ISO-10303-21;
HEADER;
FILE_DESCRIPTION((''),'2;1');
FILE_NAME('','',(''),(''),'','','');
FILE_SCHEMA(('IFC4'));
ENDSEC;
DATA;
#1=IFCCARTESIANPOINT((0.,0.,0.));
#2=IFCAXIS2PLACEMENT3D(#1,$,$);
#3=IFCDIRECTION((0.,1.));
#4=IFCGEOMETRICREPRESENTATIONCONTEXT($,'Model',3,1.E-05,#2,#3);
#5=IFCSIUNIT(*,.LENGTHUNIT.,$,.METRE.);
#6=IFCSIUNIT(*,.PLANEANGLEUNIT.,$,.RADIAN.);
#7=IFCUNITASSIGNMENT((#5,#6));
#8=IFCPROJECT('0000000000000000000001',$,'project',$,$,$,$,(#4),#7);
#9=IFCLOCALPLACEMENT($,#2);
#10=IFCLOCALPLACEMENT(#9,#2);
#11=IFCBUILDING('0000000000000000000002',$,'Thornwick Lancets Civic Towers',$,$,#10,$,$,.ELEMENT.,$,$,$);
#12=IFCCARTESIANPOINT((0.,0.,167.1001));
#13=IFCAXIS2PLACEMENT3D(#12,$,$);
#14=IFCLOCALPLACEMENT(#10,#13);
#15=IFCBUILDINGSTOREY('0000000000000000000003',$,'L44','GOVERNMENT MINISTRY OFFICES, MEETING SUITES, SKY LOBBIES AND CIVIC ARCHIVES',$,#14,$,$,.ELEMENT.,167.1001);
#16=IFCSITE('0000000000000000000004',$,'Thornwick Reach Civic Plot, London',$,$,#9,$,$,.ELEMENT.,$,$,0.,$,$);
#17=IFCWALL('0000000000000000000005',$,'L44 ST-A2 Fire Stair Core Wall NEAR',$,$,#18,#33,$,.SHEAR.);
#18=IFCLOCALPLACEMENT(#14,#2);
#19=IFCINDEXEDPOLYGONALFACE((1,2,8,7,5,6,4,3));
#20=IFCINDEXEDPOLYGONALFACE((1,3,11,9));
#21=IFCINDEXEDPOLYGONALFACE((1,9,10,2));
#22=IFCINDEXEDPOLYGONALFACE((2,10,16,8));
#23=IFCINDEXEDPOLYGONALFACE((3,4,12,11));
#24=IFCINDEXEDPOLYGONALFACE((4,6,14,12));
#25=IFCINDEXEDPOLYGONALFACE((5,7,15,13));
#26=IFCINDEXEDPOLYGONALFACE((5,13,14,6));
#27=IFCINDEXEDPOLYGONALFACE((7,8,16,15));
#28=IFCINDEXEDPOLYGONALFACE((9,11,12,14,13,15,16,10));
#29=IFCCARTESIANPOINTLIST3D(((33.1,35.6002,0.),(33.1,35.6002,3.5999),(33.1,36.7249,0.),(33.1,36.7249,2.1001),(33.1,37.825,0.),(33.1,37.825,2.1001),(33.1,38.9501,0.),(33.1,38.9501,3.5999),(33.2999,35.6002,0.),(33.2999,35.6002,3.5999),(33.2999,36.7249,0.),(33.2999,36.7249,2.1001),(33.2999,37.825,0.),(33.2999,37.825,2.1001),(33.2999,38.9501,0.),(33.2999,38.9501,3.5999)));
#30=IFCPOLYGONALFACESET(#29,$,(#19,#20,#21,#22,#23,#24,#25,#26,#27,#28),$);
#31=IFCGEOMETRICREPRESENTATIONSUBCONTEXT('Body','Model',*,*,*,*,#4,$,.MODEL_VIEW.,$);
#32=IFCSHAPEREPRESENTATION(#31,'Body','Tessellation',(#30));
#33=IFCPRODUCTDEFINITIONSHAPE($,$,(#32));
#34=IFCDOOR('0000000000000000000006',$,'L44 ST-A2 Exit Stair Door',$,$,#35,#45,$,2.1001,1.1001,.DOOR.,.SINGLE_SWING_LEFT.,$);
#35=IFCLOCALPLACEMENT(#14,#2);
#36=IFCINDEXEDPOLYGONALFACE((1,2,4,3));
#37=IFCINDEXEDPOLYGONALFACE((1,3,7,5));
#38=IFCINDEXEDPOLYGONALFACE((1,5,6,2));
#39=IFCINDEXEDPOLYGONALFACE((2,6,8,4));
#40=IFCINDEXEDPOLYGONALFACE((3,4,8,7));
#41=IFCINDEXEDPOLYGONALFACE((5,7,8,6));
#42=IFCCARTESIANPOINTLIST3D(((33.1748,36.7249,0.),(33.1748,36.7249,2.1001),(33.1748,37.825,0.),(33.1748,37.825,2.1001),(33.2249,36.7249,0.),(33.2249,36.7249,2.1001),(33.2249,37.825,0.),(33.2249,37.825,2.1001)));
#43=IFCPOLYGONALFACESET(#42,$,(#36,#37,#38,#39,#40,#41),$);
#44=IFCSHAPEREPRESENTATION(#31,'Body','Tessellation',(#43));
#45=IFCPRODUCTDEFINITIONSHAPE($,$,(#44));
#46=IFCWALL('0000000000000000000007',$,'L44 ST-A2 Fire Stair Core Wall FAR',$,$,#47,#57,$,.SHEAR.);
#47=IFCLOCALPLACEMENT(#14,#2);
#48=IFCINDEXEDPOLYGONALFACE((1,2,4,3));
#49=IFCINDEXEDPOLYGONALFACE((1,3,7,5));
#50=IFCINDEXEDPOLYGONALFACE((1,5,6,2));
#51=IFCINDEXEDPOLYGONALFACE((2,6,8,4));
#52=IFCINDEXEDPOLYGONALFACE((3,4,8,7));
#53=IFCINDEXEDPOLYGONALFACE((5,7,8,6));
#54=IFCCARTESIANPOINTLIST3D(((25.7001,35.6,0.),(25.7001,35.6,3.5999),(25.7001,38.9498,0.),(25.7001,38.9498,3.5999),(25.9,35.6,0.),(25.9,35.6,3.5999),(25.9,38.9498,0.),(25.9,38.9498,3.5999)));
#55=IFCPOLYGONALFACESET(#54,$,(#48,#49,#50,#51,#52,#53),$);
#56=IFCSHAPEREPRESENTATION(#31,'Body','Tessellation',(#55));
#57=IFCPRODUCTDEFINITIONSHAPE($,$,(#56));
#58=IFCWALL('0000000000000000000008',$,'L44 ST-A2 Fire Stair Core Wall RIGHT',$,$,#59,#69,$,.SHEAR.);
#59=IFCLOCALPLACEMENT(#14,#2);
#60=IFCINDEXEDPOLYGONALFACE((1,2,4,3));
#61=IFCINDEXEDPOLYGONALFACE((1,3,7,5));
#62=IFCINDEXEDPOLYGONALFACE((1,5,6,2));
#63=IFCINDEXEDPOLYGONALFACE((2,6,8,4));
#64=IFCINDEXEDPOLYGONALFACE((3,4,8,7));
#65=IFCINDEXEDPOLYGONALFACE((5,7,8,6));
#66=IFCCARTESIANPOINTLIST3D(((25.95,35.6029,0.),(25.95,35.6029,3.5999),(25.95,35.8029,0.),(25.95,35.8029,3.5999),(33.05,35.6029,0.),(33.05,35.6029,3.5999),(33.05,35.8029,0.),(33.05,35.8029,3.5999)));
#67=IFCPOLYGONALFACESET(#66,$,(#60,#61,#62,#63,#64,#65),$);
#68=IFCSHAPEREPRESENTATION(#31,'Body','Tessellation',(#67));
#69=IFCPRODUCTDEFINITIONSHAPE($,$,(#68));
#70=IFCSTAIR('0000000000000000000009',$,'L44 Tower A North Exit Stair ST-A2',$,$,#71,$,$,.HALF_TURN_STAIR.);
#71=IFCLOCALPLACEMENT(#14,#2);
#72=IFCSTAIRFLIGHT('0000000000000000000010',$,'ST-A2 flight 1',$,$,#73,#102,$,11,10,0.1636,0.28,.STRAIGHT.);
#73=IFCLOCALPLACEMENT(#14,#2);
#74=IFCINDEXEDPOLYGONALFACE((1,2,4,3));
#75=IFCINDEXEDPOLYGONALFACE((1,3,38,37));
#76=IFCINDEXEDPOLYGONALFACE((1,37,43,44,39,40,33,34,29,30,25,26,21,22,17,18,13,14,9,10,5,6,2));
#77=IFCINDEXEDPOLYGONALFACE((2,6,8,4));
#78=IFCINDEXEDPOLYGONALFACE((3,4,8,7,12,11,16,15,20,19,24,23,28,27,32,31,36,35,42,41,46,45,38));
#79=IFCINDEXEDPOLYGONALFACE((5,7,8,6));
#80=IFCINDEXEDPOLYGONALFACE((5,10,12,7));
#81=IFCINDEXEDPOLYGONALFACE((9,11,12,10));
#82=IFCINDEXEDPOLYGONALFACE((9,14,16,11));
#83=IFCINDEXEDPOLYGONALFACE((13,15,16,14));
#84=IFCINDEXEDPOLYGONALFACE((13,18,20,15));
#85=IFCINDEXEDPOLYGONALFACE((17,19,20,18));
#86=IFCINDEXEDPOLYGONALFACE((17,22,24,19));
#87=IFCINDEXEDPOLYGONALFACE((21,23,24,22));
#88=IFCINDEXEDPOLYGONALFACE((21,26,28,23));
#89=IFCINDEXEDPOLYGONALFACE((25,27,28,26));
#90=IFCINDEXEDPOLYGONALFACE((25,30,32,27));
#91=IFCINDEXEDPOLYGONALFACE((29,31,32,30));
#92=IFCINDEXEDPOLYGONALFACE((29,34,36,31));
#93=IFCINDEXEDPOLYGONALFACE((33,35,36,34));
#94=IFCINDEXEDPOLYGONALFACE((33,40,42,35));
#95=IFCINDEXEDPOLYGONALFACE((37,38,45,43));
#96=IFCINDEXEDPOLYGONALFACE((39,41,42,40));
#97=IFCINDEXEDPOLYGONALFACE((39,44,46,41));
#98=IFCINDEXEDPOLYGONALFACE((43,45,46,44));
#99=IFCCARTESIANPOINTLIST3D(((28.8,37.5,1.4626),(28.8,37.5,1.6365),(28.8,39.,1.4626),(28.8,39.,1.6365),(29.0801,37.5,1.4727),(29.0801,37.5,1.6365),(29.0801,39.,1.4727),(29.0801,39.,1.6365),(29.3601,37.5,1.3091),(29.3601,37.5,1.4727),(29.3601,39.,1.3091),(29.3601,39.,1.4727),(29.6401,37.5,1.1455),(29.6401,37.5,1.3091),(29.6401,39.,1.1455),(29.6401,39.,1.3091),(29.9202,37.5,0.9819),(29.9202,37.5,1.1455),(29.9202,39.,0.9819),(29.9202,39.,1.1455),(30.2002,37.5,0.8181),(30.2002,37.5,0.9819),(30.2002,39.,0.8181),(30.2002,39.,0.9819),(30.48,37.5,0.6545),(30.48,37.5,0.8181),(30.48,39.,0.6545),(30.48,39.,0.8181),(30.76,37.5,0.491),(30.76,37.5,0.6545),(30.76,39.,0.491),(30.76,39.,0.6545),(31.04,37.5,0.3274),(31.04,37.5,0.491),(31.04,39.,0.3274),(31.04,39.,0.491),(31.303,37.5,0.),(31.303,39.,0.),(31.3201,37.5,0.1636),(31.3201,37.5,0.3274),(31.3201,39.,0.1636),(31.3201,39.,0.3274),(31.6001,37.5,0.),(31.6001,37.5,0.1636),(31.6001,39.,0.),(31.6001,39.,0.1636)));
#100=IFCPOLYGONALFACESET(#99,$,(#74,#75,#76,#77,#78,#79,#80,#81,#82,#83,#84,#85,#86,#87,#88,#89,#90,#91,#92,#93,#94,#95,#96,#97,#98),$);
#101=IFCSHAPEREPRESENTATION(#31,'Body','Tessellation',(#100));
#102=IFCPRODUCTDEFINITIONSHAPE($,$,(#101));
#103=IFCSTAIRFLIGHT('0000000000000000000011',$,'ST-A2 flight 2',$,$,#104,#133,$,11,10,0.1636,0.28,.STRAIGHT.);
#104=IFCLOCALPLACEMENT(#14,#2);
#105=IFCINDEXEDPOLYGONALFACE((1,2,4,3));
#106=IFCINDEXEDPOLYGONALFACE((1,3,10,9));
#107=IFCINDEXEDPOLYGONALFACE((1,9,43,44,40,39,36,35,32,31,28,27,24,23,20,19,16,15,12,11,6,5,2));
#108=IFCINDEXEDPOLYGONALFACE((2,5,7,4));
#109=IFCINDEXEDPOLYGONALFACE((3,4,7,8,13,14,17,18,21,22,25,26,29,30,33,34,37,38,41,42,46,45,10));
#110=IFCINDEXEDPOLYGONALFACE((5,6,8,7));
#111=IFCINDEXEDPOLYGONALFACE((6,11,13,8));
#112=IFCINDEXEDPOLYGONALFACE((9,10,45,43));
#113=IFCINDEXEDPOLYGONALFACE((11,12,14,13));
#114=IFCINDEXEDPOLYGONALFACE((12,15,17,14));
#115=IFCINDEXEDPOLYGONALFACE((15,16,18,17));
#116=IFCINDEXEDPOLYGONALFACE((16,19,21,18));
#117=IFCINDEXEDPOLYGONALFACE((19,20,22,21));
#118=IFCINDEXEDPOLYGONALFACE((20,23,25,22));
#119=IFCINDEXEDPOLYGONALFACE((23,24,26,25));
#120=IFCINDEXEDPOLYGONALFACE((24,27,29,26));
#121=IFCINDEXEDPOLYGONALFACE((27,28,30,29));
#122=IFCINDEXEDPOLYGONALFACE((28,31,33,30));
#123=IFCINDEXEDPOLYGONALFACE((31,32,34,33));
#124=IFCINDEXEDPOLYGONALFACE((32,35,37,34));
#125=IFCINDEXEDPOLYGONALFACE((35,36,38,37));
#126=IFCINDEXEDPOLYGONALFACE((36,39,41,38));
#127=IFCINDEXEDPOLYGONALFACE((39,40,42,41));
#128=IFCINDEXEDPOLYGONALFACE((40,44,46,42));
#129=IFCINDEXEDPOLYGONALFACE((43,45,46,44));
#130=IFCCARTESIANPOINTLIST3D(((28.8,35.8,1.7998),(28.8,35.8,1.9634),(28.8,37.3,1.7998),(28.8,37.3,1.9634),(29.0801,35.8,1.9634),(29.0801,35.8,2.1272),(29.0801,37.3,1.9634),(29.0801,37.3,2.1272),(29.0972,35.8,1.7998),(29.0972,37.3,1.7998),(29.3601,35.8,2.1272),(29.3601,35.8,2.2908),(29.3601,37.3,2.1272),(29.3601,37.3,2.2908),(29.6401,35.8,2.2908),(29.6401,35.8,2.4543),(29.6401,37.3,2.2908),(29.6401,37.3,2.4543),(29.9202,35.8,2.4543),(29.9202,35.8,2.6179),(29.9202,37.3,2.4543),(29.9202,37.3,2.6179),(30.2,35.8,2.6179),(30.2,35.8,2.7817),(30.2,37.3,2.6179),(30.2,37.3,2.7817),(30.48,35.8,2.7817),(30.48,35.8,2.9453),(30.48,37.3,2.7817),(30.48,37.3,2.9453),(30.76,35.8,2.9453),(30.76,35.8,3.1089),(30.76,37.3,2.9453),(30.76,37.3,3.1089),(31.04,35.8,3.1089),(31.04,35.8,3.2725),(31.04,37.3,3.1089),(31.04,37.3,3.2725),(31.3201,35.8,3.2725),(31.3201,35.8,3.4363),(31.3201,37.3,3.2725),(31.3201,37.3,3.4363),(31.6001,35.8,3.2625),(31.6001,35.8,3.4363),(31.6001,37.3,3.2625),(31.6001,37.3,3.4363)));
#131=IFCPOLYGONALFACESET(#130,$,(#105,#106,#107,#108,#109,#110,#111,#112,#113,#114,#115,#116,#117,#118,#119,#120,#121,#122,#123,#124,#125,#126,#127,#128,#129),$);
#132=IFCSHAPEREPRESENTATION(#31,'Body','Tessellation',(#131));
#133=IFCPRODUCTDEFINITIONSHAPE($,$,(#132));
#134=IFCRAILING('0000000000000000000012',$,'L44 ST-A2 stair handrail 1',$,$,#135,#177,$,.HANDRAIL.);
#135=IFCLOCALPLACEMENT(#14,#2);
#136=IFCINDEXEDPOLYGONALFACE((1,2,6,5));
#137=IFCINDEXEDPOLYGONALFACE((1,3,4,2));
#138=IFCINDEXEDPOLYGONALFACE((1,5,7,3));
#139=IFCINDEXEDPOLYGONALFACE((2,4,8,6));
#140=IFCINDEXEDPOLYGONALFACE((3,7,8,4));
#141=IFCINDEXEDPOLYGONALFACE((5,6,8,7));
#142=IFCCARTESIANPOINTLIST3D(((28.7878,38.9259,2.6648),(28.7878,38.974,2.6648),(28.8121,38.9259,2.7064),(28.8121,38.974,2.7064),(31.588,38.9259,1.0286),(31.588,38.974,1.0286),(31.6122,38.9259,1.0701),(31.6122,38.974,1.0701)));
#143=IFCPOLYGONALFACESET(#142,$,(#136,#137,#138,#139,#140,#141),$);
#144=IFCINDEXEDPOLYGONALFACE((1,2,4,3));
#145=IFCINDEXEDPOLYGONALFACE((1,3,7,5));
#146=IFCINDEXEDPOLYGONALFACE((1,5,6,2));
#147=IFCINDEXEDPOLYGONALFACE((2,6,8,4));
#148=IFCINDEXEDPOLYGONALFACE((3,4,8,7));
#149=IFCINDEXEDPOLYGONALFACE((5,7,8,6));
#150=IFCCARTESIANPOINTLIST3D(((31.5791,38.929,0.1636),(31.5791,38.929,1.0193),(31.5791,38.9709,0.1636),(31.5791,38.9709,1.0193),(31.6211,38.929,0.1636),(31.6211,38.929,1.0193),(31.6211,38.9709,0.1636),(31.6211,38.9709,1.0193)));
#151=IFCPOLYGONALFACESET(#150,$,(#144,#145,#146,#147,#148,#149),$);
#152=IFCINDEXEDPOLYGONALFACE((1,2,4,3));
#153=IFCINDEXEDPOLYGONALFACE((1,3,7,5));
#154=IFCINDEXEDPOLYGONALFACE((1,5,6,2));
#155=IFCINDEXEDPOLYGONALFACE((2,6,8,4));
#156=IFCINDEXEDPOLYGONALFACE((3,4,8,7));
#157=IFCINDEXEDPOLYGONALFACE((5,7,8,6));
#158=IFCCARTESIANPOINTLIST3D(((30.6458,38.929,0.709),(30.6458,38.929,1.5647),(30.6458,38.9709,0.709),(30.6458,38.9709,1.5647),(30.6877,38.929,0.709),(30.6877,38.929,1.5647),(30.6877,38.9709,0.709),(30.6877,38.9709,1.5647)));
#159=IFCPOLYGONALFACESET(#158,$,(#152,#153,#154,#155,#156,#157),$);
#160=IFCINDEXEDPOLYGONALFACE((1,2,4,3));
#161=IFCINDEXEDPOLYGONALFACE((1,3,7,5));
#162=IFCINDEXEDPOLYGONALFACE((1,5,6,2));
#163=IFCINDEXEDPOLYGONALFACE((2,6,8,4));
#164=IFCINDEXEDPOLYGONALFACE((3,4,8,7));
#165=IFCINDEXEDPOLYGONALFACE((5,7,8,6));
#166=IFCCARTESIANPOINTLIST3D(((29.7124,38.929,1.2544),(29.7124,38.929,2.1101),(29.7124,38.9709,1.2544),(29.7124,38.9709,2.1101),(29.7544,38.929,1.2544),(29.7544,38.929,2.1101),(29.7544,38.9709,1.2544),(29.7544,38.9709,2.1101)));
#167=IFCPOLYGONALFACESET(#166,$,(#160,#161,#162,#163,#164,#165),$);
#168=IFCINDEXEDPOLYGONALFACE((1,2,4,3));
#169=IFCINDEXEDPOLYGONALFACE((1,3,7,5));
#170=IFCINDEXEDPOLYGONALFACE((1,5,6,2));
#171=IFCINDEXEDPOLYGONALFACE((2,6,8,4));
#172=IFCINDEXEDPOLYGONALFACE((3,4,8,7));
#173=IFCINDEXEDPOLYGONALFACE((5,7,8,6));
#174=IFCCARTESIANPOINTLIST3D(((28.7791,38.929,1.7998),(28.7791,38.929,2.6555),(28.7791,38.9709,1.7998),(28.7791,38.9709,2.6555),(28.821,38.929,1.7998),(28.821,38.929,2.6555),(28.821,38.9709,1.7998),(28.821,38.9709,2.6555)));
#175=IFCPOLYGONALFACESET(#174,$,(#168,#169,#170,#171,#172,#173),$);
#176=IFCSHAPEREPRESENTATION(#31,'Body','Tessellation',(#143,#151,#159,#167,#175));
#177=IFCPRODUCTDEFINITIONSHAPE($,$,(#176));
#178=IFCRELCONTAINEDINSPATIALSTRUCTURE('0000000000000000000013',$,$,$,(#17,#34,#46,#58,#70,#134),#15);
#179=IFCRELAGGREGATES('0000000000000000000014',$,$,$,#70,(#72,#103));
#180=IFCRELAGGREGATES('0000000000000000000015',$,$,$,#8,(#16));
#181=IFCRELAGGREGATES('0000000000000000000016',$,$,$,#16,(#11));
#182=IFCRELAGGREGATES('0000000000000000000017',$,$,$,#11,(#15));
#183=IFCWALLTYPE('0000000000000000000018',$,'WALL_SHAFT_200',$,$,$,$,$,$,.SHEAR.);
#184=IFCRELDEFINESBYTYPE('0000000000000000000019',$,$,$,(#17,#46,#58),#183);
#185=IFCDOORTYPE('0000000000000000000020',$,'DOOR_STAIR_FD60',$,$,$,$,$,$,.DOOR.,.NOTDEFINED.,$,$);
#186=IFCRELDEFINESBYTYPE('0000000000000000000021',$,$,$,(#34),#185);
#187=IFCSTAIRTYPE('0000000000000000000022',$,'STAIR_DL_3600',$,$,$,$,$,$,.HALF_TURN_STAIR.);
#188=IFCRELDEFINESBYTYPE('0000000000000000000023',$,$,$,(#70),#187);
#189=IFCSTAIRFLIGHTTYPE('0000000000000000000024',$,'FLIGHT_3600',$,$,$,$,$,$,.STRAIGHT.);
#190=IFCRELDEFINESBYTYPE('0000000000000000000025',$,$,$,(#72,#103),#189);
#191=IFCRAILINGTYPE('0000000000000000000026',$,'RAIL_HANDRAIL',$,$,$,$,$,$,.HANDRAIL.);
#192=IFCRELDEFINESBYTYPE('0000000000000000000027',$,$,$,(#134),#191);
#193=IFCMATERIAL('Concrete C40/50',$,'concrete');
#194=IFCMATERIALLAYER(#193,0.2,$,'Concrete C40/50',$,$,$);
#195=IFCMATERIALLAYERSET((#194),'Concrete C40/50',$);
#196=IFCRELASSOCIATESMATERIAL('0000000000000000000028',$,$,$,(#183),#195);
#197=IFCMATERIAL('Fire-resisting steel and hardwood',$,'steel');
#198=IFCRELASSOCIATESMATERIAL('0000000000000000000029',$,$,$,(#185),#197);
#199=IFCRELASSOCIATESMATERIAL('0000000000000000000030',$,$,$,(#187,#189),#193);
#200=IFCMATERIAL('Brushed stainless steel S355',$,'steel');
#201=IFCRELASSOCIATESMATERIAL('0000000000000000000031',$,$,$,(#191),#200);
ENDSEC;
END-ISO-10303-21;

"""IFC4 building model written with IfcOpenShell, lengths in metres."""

from ifc_helpers import new_model, si_unit, direction, frame, frame_2d, origin, origin_2d, place, context, subcontext, project, spatial, polyline, rectangle, outline, extrude, material, layer, layer_set, type_object, element, fill, aggregate, save


model = new_model("IFC4")

# Units and contexts
model_context = context("Model", 3, precision=1e-05, world=origin(), true_north=direction((0.0, 1.0)))
body_context = subcontext(model_context, "Body", "Model", "MODEL_VIEW")
ifc_project = project(units=[si_unit("LENGTHUNIT", "METRE"), si_unit("PLANEANGLEUNIT", "RADIAN")], contexts=[model_context])

# Site, building, storey
site_placement = place(None, origin())
site = spatial("IfcSite", under=ifc_project, at=site_placement, Name="Thornwick Reach Civic Plot, London", CompositionType="ELEMENT", RefElevation=0.0)
building_placement = place(site_placement, origin())
building = spatial("IfcBuilding", under=site, at=building_placement, Name="Thornwick Lancets Civic Towers", CompositionType="ELEMENT")
storey_placement = place(building_placement, frame((0.0, 0.0, 167.1001)))
storey = spatial("IfcBuildingStorey", under=building, at=storey_placement, Name="L44", Description="GOVERNMENT MINISTRY OFFICES, MEETING SUITES, SKY LOBBIES AND CIVIC ARCHIVES", CompositionType="ELEMENT", Elevation=167.1001)

# Shared definitions
ifc_material_1 = material(Name="Concrete C40/50", Category="concrete")

# Wall, opening, door
ifc_layer_1 = layer(ifc_material_1, 0.2, Name="Concrete C40/50")
ifc_layer_set_1 = layer_set([ifc_layer_1], Name="Concrete C40/50")
wall_type_1 = type_object("IfcWallType", Name="WALL_SHAFT_200", PredefinedType="SHEAR", material=ifc_layer_set_1)
wall_1_placement = place(storey_placement, frame((33.2, 38.95, 0.0), z_axis=(0.0, 0.0, 1.0), x_axis=(0.0, -1.0, 0.0)))
wall_1 = element("IfcWall", 1, at=wall_1_placement, inside=storey, type_object=wall_type_1, Name="L44 ST-A2 Fire Stair Core Wall NEAR", PredefinedType="SHEAR", context=body_context, shape_type="SweptSolid", body=[
    extrude(rectangle(XDim=3.3499, YDim=0.2, at=frame_2d((1.6748, 0.0))), origin(), (0.0, 0.0, 1.0), 3.5999),
])
opening_1_placement = place(wall_1_placement, frame((1.125, 0.0, 0.0)))
opening_1 = element("IfcOpeningElement", 2, at=opening_1_placement, cuts=wall_1, PredefinedType="OPENING", context=body_context, shape_type="SweptSolid", body=[
    extrude(rectangle(XDim=1.1001, YDim=2.1001, at=frame_2d((0.55, 1.05))), frame((0.0, 0.1099, 0.0), z_axis=(0.0, -1.0, 0.0), x_axis=(1.0, 0.0, 0.0)), (0.0, 0.0, 1.0), 0.22),
])
ifc_material_2 = material(Name="Fire-resisting steel and hardwood", Category="steel")
door_type_1 = type_object("IfcDoorType", Name="DOOR_STAIR_FD60", OperationType="NOTDEFINED", PredefinedType="DOOR", material=ifc_material_2)
door_1_placement = place(opening_1_placement, origin())
door_1 = element("IfcDoor", 3, at=door_1_placement, inside=storey, type_object=door_type_1, Name="L44 ST-A2 Exit Stair Door", OperationType="SINGLE_SWING_LEFT", OverallHeight=2.1001, OverallWidth=1.1001, PredefinedType="DOOR", context=body_context, shape_type="SweptSolid", body=[
    extrude(rectangle(XDim=1.1001, YDim=2.1001, at=frame_2d((0.55, 1.05))), frame((0.0, 0.0249, 0.0), z_axis=(0.0, -1.0, 0.0), x_axis=(1.0, 0.0, 0.0)), (0.0, 0.0, 1.0), 0.05),
])
fill(opening_1, door_1)

# Walls
wall_2_placement = place(storey_placement, frame((25.8, 35.6001, 0.0), z_axis=(0.0, 0.0, 1.0), x_axis=(0.0, 1.0, 0.0)))
element("IfcWall", 4, at=wall_2_placement, inside=storey, type_object=wall_type_1, Name="L44 ST-A2 Fire Stair Core Wall FAR", PredefinedType="SHEAR", context=body_context, shape_type="SweptSolid", body=[
    extrude(rectangle(XDim=3.3499, YDim=0.2, at=frame_2d((1.6748, 0.0))), origin(), (0.0, 0.0, 1.0), 3.5999),
])
wall_3_placement = place(storey_placement, frame((25.95, 35.7029, 0.0), z_axis=(0.0, 0.0, 1.0), x_axis=(1.0, 0.0, 0.0)))
element("IfcWall", 5, at=wall_3_placement, inside=storey, type_object=wall_type_1, Name="L44 ST-A2 Fire Stair Core Wall RIGHT", PredefinedType="SHEAR", context=body_context, shape_type="SweptSolid", body=[
    extrude(rectangle(XDim=7.1001, YDim=0.2, at=frame_2d((3.55, 0.0))), origin(), (0.0, 0.0, 1.0), 3.5999),
])

# Stair, stair flights
stair_type = type_object("IfcStairType", Name="STAIR_DL_3600", PredefinedType="HALF_TURN_STAIR", material=ifc_material_1)
stair_placement = place(storey_placement, origin())
stair = element("IfcStair", 6, at=stair_placement, inside=storey, type_object=stair_type, Name="L44 Tower A North Exit Stair ST-A2", PredefinedType="HALF_TURN_STAIR")
stair_flight_type = type_object("IfcStairFlightType", Name="FLIGHT_3600", PredefinedType="STRAIGHT", material=ifc_material_1)
stair_flight_1_placement = place(storey_placement, frame((31.6001, 38.25, 0.0), z_axis=(0.0, 0.0, 1.0), x_axis=(-1.0, 0.0, 0.0)))
stair_flight_1 = element("IfcStairFlight", 7, at=stair_flight_1_placement, type_object=stair_flight_type, Name="ST-A2 flight 1", NumberOfRisers=11, NumberOfTreads=10, PredefinedType="STRAIGHT", RiserHeight=0.1636, TreadLength=0.28, context=body_context, shape_type="SweptSolid", body=[
    extrude(outline(polyline([(0.0, 0.0), (0.0, 0.1636), (0.28, 0.1636), (0.28, 0.3274), (0.5601, 0.3274), (0.5601, 0.491), (0.8401, 0.491), (0.8401, 0.6545), (1.1201, 0.6545), (1.1201, 0.8181), (1.3999, 0.8181), (1.3999, 0.9819), (1.6799, 0.9819), (1.6799, 1.1455), (1.96, 1.1455), (1.96, 1.3091), (2.24, 1.3091), (2.24, 1.4727), (2.52, 1.4727), (2.52, 1.6365), (2.8, 1.6365), (2.8, 1.8), (2.8, 1.4626), (0.2971, 0.0), (0.0, 0.0)])), frame((0.0, 0.75, 0.0), z_axis=(0.0, -1.0, 0.0), x_axis=(1.0, 0.0, 0.0)), (0.0, 0.0, 1.0), 1.5),
])
stair_flight_2_placement = place(storey_placement, frame((28.8, 36.55, 1.7998), z_axis=(0.0, 0.0, 1.0), x_axis=(1.0, 0.0, 0.0)))
stair_flight_2 = element("IfcStairFlight", 8, at=stair_flight_2_placement, type_object=stair_flight_type, Name="ST-A2 flight 2", NumberOfRisers=11, NumberOfTreads=10, PredefinedType="STRAIGHT", RiserHeight=0.1636, TreadLength=0.28, context=body_context, shape_type="SweptSolid", body=[
    extrude(outline(polyline([(0.0, 0.0), (0.0, 0.1636), (0.28, 0.1636), (0.28, 0.3274), (0.5601, 0.3274), (0.5601, 0.491), (0.8401, 0.491), (0.8401, 0.6545), (1.1201, 0.6545), (1.1201, 0.8181), (1.3999, 0.8181), (1.3999, 0.9819), (1.6799, 0.9819), (1.6799, 1.1455), (1.96, 1.1455), (1.96, 1.3091), (2.24, 1.3091), (2.24, 1.4727), (2.52, 1.4727), (2.52, 1.6365), (2.8, 1.6365), (2.8, 1.8), (2.8, 1.4626), (0.2971, 0.0), (0.0, 0.0)])), frame((0.0, 0.75, 0.0), z_axis=(0.0, -1.0, 0.0), x_axis=(1.0, 0.0, 0.0)), (0.0, 0.0, 1.0), 1.5),
])
aggregate(stair, [stair_flight_1, stair_flight_2])

# Railing
ifc_material_3 = material(Name="Brushed stainless steel S355", Category="steel")
railing_type_1 = type_object("IfcRailingType", Name="RAIL_HANDRAIL", PredefinedType="HANDRAIL", material=ifc_material_3)
railing_1_placement = place(storey_placement, frame((31.6001, 38.95, 0.1636)))
element("IfcRailing", 9, at=railing_1_placement, inside=storey, type_object=railing_type_1, Name="L44 ST-A2 stair handrail 1", PredefinedType="HANDRAIL", context=body_context, shape_type="SweptSolid", body=[
    extrude(rectangle(XDim=0.0481, YDim=0.0481, at=origin_2d()), frame((0.0, 0.0, 0.8857), z_axis=(-0.863394, 0.0, 0.504531), x_axis=(0.0, -1.0, 0.0)), (0.0, 0.0, 1.0), 3.2432),
    extrude(rectangle(XDim=0.042, YDim=0.042, at=origin_2d()), origin(), (0.0, 0.0, 1.0), 0.8557),
    extrude(rectangle(XDim=0.042, YDim=0.042, at=origin_2d()), frame((-0.9333, 0.0, 0.5454)), (0.0, 0.0, 1.0), 0.8557),
    extrude(rectangle(XDim=0.042, YDim=0.042, at=origin_2d()), frame((-1.8667, 0.0, 1.0908)), (0.0, 0.0, 1.0), 0.8557),
    extrude(rectangle(XDim=0.042, YDim=0.042, at=origin_2d()), frame((-2.8, 0.0, 1.6362)), (0.0, 0.0, 1.0), 0.8557),
])

save(model, "model.ifc")
